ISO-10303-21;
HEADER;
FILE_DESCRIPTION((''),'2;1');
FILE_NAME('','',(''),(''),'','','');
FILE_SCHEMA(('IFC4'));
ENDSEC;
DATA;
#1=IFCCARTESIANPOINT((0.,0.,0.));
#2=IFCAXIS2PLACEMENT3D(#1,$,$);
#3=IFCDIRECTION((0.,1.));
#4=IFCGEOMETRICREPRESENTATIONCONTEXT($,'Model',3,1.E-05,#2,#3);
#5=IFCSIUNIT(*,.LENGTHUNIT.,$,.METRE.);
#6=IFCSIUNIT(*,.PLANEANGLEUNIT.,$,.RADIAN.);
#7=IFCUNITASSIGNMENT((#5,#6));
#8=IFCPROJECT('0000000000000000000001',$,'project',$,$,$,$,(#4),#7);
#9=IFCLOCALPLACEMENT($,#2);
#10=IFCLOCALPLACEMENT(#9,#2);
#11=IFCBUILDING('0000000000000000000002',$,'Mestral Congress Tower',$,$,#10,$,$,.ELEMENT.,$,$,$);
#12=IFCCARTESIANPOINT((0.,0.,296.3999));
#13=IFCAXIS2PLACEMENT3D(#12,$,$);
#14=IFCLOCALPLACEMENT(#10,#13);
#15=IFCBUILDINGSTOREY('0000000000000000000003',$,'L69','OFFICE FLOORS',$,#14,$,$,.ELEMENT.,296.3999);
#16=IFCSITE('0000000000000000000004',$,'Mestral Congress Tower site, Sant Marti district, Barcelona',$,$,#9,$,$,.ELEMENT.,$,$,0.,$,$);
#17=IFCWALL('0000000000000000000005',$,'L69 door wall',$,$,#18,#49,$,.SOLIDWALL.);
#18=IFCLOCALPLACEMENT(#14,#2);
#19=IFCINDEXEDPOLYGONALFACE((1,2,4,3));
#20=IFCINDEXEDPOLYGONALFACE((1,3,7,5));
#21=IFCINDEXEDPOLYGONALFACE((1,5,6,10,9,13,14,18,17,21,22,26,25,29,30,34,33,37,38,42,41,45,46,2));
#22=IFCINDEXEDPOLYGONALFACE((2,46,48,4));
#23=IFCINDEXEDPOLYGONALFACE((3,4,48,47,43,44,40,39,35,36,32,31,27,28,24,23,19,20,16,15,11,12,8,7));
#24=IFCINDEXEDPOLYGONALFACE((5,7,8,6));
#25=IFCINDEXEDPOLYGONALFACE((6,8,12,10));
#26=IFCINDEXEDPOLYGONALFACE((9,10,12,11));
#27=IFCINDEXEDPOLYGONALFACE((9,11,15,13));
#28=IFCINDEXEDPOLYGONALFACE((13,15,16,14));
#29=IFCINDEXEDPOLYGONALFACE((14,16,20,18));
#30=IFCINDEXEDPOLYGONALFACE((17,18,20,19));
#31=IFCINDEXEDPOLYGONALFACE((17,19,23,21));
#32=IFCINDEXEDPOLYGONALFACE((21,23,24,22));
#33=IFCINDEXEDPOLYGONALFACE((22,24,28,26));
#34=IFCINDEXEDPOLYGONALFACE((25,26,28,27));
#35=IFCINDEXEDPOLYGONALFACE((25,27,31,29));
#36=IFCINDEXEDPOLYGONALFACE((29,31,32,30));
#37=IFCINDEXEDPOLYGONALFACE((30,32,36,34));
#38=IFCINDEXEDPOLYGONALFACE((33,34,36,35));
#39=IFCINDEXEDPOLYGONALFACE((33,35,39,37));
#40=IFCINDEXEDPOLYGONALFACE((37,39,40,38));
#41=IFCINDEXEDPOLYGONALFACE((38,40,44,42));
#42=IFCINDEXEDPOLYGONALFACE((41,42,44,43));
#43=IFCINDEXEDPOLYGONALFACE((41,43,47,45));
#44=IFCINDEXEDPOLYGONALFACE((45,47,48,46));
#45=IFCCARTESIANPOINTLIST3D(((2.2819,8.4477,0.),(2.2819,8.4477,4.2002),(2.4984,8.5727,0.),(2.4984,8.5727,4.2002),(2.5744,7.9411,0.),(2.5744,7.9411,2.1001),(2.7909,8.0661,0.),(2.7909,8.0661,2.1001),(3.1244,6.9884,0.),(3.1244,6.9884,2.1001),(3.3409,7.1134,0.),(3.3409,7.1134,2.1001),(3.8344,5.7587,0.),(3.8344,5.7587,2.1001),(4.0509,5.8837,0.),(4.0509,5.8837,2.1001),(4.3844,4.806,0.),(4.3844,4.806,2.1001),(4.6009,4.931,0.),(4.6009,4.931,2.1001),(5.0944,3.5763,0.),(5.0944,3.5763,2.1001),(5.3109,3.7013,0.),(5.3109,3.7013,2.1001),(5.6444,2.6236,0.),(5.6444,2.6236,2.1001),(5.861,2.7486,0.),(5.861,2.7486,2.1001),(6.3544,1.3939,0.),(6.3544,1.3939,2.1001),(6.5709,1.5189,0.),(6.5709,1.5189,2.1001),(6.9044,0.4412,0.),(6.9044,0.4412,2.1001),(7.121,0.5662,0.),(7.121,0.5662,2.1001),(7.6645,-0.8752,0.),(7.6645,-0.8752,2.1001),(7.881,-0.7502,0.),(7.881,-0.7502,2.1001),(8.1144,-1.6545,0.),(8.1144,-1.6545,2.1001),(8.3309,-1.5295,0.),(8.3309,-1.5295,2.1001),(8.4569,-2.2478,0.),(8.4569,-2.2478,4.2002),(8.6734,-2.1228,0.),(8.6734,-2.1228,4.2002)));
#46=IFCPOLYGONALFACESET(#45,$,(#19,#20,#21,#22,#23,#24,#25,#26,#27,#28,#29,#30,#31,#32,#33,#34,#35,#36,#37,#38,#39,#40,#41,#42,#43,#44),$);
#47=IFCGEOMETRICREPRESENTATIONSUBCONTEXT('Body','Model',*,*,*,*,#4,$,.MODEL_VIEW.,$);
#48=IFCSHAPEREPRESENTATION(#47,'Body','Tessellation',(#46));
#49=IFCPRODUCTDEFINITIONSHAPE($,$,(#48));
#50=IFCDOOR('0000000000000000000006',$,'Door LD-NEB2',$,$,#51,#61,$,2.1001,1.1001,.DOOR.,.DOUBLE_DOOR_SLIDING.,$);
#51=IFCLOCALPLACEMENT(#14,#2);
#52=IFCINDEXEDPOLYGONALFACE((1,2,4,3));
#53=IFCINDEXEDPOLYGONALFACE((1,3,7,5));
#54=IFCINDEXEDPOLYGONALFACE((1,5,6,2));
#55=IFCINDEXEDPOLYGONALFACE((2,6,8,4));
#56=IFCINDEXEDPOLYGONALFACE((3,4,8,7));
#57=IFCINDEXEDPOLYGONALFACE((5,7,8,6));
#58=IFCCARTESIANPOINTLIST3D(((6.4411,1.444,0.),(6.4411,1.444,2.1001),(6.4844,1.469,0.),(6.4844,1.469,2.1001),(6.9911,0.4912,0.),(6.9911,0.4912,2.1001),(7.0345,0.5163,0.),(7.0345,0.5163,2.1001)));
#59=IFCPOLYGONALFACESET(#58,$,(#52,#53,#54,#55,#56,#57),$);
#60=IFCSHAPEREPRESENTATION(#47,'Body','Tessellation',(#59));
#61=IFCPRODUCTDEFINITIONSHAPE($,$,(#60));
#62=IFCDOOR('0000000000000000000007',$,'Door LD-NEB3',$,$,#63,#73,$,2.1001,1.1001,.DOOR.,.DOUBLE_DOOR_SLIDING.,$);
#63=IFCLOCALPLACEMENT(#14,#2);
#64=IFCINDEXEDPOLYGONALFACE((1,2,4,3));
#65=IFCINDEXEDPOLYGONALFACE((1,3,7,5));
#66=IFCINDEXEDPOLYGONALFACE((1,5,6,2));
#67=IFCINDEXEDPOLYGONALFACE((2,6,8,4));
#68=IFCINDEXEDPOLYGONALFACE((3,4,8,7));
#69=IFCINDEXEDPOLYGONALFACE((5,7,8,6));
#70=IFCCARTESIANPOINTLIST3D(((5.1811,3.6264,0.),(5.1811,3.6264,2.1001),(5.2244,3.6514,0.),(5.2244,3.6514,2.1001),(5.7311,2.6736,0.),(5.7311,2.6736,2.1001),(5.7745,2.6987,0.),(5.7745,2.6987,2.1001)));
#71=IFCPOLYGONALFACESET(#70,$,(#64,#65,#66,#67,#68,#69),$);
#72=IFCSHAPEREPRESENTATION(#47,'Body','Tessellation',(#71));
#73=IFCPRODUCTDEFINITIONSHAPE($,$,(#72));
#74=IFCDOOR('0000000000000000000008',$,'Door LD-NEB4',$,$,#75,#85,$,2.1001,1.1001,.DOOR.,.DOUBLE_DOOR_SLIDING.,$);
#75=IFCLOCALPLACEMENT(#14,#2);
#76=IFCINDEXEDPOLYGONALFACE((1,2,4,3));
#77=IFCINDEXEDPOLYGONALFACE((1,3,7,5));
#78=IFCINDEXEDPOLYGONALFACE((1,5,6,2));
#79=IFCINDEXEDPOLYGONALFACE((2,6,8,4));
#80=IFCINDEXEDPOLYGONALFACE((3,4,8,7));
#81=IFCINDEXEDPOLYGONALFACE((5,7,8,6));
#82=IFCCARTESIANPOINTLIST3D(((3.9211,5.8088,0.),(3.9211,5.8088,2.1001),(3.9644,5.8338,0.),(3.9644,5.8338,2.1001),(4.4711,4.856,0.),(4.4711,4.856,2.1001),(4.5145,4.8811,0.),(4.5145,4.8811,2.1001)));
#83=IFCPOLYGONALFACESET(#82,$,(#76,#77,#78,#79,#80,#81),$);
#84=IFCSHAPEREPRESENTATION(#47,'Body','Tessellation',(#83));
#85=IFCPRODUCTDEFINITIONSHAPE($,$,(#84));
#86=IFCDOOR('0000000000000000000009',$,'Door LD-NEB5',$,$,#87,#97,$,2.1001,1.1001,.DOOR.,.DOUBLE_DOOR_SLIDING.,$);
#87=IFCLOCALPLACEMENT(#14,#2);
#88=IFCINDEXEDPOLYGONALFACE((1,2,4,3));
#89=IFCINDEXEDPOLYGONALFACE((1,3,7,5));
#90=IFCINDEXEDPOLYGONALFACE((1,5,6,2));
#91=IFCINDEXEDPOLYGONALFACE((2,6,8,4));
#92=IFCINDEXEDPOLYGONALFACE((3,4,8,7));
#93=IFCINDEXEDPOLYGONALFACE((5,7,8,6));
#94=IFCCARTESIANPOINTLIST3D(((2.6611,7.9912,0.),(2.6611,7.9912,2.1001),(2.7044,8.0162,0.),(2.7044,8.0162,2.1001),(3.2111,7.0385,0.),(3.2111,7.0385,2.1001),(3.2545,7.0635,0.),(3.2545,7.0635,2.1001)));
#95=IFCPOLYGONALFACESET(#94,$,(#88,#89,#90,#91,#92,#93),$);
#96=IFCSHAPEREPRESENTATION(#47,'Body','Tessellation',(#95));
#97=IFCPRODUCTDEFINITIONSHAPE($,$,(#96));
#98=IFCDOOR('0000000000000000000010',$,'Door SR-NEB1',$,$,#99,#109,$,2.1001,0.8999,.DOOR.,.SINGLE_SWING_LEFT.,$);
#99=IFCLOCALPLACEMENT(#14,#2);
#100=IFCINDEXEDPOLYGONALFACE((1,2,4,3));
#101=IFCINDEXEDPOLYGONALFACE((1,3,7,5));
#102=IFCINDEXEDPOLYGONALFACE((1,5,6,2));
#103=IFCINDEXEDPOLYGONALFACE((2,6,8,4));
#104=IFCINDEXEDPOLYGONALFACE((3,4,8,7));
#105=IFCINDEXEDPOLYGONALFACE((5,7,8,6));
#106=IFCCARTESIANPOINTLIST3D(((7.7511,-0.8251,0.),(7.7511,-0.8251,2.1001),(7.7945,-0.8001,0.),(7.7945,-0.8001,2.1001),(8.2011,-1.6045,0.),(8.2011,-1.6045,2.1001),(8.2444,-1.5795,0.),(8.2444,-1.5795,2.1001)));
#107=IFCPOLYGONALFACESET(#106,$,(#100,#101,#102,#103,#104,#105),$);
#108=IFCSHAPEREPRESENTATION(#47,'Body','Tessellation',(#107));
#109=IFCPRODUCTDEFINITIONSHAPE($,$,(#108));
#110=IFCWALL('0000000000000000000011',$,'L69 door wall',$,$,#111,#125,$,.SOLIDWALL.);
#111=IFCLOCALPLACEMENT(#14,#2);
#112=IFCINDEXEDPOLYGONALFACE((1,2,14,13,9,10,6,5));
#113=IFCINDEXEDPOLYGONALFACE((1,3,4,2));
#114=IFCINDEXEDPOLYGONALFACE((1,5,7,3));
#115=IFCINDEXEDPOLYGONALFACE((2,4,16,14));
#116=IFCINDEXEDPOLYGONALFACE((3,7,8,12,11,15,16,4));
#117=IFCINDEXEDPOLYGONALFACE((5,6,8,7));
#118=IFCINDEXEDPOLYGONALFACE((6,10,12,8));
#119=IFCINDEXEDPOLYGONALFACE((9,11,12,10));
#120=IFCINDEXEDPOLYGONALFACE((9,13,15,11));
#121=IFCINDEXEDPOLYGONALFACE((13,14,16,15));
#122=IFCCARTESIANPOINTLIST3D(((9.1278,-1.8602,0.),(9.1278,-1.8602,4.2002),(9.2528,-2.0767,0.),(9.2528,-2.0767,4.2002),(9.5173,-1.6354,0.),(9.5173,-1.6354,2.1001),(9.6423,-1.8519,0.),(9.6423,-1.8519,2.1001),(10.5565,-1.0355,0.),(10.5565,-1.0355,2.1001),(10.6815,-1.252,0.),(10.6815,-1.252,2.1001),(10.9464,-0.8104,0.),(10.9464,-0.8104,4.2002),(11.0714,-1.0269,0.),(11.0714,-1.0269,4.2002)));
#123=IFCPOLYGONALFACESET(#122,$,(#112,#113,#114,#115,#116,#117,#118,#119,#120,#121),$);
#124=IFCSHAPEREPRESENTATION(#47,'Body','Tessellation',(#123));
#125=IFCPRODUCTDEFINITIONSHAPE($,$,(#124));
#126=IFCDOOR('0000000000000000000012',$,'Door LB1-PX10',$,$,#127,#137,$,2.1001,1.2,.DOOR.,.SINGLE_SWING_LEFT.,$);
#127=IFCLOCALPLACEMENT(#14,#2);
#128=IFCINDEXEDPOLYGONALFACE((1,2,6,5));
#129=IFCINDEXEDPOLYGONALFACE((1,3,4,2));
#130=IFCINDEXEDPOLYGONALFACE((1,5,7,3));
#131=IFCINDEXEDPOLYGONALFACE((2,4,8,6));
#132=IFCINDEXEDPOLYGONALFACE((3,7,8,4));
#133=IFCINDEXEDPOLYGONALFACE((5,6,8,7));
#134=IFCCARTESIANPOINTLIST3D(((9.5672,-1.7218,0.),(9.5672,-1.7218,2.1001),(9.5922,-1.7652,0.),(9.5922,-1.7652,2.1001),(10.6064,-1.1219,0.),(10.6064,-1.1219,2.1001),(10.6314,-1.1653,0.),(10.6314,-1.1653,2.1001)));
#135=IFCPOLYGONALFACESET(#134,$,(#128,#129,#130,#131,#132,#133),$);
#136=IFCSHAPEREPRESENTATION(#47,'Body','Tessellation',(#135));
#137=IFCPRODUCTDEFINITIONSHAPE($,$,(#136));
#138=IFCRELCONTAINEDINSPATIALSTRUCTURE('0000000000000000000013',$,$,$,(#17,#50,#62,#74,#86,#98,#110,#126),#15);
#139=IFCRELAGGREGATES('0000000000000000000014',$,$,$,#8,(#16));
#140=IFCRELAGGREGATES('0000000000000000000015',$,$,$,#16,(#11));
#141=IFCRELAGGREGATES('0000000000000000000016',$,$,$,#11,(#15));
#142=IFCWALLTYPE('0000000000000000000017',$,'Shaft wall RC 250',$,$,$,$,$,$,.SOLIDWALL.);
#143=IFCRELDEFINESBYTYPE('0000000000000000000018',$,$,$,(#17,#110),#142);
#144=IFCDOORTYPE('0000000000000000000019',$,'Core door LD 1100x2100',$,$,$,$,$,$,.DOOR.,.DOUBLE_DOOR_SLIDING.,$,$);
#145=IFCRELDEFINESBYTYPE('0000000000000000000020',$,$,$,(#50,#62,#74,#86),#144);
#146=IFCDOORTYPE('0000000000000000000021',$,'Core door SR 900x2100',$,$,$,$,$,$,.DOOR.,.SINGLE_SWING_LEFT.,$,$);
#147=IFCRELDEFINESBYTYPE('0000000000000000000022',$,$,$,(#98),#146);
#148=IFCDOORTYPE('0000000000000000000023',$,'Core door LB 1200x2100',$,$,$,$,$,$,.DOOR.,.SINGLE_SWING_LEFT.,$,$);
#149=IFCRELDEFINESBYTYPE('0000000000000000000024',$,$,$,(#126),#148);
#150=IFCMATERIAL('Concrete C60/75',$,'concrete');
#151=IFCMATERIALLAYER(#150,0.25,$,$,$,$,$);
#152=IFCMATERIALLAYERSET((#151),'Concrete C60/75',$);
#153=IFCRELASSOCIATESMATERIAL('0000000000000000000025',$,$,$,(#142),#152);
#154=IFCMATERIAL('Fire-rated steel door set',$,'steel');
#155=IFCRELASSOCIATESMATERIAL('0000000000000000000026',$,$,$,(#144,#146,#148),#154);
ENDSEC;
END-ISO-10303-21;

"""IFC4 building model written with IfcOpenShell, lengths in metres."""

from ifc_helpers import new_model, si_unit, direction, frame, frame_2d, origin, place, context, subcontext, project, spatial, rectangle, extrude, material, layer, layer_set, type_object, element, fill, save


model = new_model("IFC4")

# Units and contexts
model_context = context("Model", 3, precision=1e-05, world=origin(), true_north=direction((0.0, 1.0)))
body_context = subcontext(model_context, "Body", "Model", "MODEL_VIEW")
ifc_project = project(units=[si_unit("LENGTHUNIT", "METRE"), si_unit("PLANEANGLEUNIT", "RADIAN")], contexts=[model_context])

# Site, building, storey
site_placement = place(None, origin())
site = spatial("IfcSite", under=ifc_project, at=site_placement, Name="Mestral Congress Tower site, Sant Marti district, Barcelona", CompositionType="ELEMENT", RefElevation=0.0)
building_placement = place(site_placement, origin())
building = spatial("IfcBuilding", under=site, at=building_placement, Name="Mestral Congress Tower", CompositionType="ELEMENT")
storey_placement = place(building_placement, frame((0.0, 0.0, 296.3999)))
storey = spatial("IfcBuildingStorey", under=building, at=storey_placement, Name="L69", Description="OFFICE FLOORS", CompositionType="ELEMENT", Elevation=296.3999)

# Shared definitions
ifc_material_1 = material(Name="Concrete C60/75", Category="concrete")

# Shared definitions
ifc_material_2 = material(Name="Fire-rated steel door set", Category="steel")

# Shared definitions
ifc_layer_1 = layer(ifc_material_1, 0.25)
ifc_layer_set_1 = layer_set([ifc_layer_1], Name="Concrete C60/75")
wall_type_1 = type_object("IfcWallType", Name="Shaft wall RC 250", PredefinedType="SOLIDWALL", material=ifc_layer_set_1)

# Wall, openings, doors
wall_1_placement = place(storey_placement, frame((8.5652, -2.1853, 0.0), z_axis=(0.0, 0.0, 1.0), x_axis=(-0.499998, 0.866027, 0.0)))
wall_1 = element("IfcWall", 1, at=wall_1_placement, inside=storey, type_object=wall_type_1, Name="L69 door wall", PredefinedType="SOLIDWALL", context=body_context, shape_type="SweptSolid", body=[
    extrude(rectangle(XDim=12.3501, YDim=0.25, at=frame_2d((6.175, 0.0))), origin(), (0.0, 0.0, 1.0), 4.2002),
])
opening_1_placement = place(wall_1_placement, frame((0.6851, 0.0, 0.0)))
opening_1 = element("IfcOpeningElement", 2, at=opening_1_placement, cuts=wall_1, PredefinedType="OPENING", context=body_context, shape_type="SweptSolid", body=[
    extrude(rectangle(XDim=0.8999, YDim=2.1001, at=frame_2d((0.45, 1.05))), frame((0.0, 0.135, 0.0), z_axis=(0.0, -1.0, 0.0), x_axis=(1.0, 0.0, 0.0)), (0.0, 0.0, 1.0), 0.27),
])
opening_2_placement = place(wall_1_placement, frame((3.105, 0.0, 0.0)))
opening_2 = element("IfcOpeningElement", 3, at=opening_2_placement, cuts=wall_1, PredefinedType="OPENING", context=body_context, shape_type="SweptSolid", body=[
    extrude(rectangle(XDim=1.1001, YDim=2.1001, at=frame_2d((0.55, 1.05))), frame((0.0, 0.135, 0.0), z_axis=(0.0, -1.0, 0.0), x_axis=(1.0, 0.0, 0.0)), (0.0, 0.0, 1.0), 0.27),
])
opening_3_placement = place(wall_1_placement, frame((5.625, 0.0, 0.0)))
opening_3 = element("IfcOpeningElement", 4, at=opening_3_placement, cuts=wall_1, PredefinedType="OPENING", context=body_context, shape_type="SweptSolid", body=[
    extrude(rectangle(XDim=1.1001, YDim=2.1001, at=frame_2d((0.55, 1.05))), frame((0.0, 0.135, 0.0), z_axis=(0.0, -1.0, 0.0), x_axis=(1.0, 0.0, 0.0)), (0.0, 0.0, 1.0), 0.27),
])
opening_4_placement = place(wall_1_placement, frame((8.145, 0.0, 0.0)))
opening_4 = element("IfcOpeningElement", 5, at=opening_4_placement, cuts=wall_1, PredefinedType="OPENING", context=body_context, shape_type="SweptSolid", body=[
    extrude(rectangle(XDim=1.1001, YDim=2.1001, at=frame_2d((0.55, 1.05))), frame((0.0, 0.135, 0.0), z_axis=(0.0, -1.0, 0.0), x_axis=(1.0, 0.0, 0.0)), (0.0, 0.0, 1.0), 0.27),
])
opening_5_placement = place(wall_1_placement, frame((10.665, 0.0, 0.0)))
opening_5 = element("IfcOpeningElement", 6, at=opening_5_placement, cuts=wall_1, PredefinedType="OPENING", context=body_context, shape_type="SweptSolid", body=[
    extrude(rectangle(XDim=1.1001, YDim=2.1001, at=frame_2d((0.55, 1.05))), frame((0.0, 0.135, 0.0), z_axis=(0.0, -1.0, 0.0), x_axis=(1.0, 0.0, 0.0)), (0.0, 0.0, 1.0), 0.27),
])
door_type_1 = type_object("IfcDoorType", Name="Core door LD 1100x2100", OperationType="DOUBLE_DOOR_SLIDING", PredefinedType="DOOR", material=ifc_material_2)
door_1_placement = place(opening_2_placement, origin())
door_1 = element("IfcDoor", 7, at=door_1_placement, inside=storey, type_object=door_type_1, Name="Door LD-NEB2", OperationType="DOUBLE_DOOR_SLIDING", OverallHeight=2.1001, OverallWidth=1.1001, PredefinedType="DOOR", context=body_context, shape_type="SweptSolid", body=[
    extrude(rectangle(XDim=1.1001, YDim=2.1001, at=frame_2d((0.55, 1.05))), frame((0.0, 0.0249, 0.0), z_axis=(0.0, -1.0, 0.0), x_axis=(1.0, 0.0, 0.0)), (0.0, 0.0, 1.0), 0.05),
])
fill(opening_2, door_1)
door_2_placement = place(opening_3_placement, origin())
door_2 = element("IfcDoor", 8, at=door_2_placement, inside=storey, type_object=door_type_1, Name="Door LD-NEB3", OperationType="DOUBLE_DOOR_SLIDING", OverallHeight=2.1001, OverallWidth=1.1001, PredefinedType="DOOR", context=body_context, shape_type="SweptSolid", body=[
    extrude(rectangle(XDim=1.1001, YDim=2.1001, at=frame_2d((0.55, 1.05))), frame((0.0, 0.0249, 0.0), z_axis=(0.0, -1.0, 0.0), x_axis=(1.0, 0.0, 0.0)), (0.0, 0.0, 1.0), 0.05),
])
fill(opening_3, door_2)
door_3_placement = place(opening_4_placement, origin())
door_3 = element("IfcDoor", 9, at=door_3_placement, inside=storey, type_object=door_type_1, Name="Door LD-NEB4", OperationType="DOUBLE_DOOR_SLIDING", OverallHeight=2.1001, OverallWidth=1.1001, PredefinedType="DOOR", context=body_context, shape_type="SweptSolid", body=[
    extrude(rectangle(XDim=1.1001, YDim=2.1001, at=frame_2d((0.55, 1.05))), frame((0.0, 0.0249, 0.0), z_axis=(0.0, -1.0, 0.0), x_axis=(1.0, 0.0, 0.0)), (0.0, 0.0, 1.0), 0.05),
])
fill(opening_4, door_3)
door_4_placement = place(opening_5_placement, origin())
door_4 = element("IfcDoor", 10, at=door_4_placement, inside=storey, type_object=door_type_1, Name="Door LD-NEB5", OperationType="DOUBLE_DOOR_SLIDING", OverallHeight=2.1001, OverallWidth=1.1001, PredefinedType="DOOR", context=body_context, shape_type="SweptSolid", body=[
    extrude(rectangle(XDim=1.1001, YDim=2.1001, at=frame_2d((0.55, 1.05))), frame((0.0, 0.0249, 0.0), z_axis=(0.0, -1.0, 0.0), x_axis=(1.0, 0.0, 0.0)), (0.0, 0.0, 1.0), 0.05),
])
fill(opening_5, door_4)
door_type_2 = type_object("IfcDoorType", Name="Core door SR 900x2100", OperationType="SINGLE_SWING_LEFT", PredefinedType="DOOR", material=ifc_material_2)
door_5_placement = place(opening_1_placement, origin())
door_5 = element("IfcDoor", 11, at=door_5_placement, inside=storey, type_object=door_type_2, Name="Door SR-NEB1", OperationType="SINGLE_SWING_LEFT", OverallHeight=2.1001, OverallWidth=0.8999, PredefinedType="DOOR", context=body_context, shape_type="SweptSolid", body=[
    extrude(rectangle(XDim=0.8999, YDim=2.1001, at=frame_2d((0.45, 1.05))), frame((0.0, 0.0249, 0.0), z_axis=(0.0, -1.0, 0.0), x_axis=(1.0, 0.0, 0.0)), (0.0, 0.0, 1.0), 0.05),
])
fill(opening_1, door_5)

# Wall, opening, door
wall_2_placement = place(storey_placement, frame((11.0088, -0.9187, 0.0), z_axis=(0.0, 0.0, 1.0), x_axis=(-0.86606, -0.499941, 0.0)))
wall_2 = element("IfcWall", 12, at=wall_2_placement, inside=storey, type_object=wall_type_1, Name="L69 door wall", PredefinedType="SOLIDWALL", context=body_context, shape_type="SweptSolid", body=[
    extrude(rectangle(XDim=2.0999, YDim=0.25, at=frame_2d((1.0498, 0.0))), origin(), (0.0, 0.0, 1.0), 4.2002),
])
opening_6_placement = place(wall_2_placement, frame((0.45, 0.0, 0.0)))
opening_6 = element("IfcOpeningElement", 13, at=opening_6_placement, cuts=wall_2, PredefinedType="OPENING", context=body_context, shape_type="SweptSolid", body=[
    extrude(rectangle(XDim=1.2, YDim=2.1001, at=frame_2d((0.6001, 1.05))), frame((0.0, 0.135, 0.0), z_axis=(0.0, -1.0, 0.0), x_axis=(1.0, 0.0, 0.0)), (0.0, 0.0, 1.0), 0.27),
])
door_type_3 = type_object("IfcDoorType", Name="Core door LB 1200x2100", OperationType="SINGLE_SWING_LEFT", PredefinedType="DOOR", material=ifc_material_2)
door_6_placement = place(opening_6_placement, origin())
door_6 = element("IfcDoor", 14, at=door_6_placement, inside=storey, type_object=door_type_3, Name="Door LB1-PX10", OperationType="SINGLE_SWING_LEFT", OverallHeight=2.1001, OverallWidth=1.2, PredefinedType="DOOR", context=body_context, shape_type="SweptSolid", body=[
    extrude(rectangle(XDim=1.2, YDim=2.1001, at=frame_2d((0.6001, 1.05))), frame((0.0, 0.0249, 0.0), z_axis=(0.0, -1.0, 0.0), x_axis=(1.0, 0.0, 0.0)), (0.0, 0.0, 1.0), 0.05),
])
fill(opening_6, door_6)

save(model, "model.ifc")
